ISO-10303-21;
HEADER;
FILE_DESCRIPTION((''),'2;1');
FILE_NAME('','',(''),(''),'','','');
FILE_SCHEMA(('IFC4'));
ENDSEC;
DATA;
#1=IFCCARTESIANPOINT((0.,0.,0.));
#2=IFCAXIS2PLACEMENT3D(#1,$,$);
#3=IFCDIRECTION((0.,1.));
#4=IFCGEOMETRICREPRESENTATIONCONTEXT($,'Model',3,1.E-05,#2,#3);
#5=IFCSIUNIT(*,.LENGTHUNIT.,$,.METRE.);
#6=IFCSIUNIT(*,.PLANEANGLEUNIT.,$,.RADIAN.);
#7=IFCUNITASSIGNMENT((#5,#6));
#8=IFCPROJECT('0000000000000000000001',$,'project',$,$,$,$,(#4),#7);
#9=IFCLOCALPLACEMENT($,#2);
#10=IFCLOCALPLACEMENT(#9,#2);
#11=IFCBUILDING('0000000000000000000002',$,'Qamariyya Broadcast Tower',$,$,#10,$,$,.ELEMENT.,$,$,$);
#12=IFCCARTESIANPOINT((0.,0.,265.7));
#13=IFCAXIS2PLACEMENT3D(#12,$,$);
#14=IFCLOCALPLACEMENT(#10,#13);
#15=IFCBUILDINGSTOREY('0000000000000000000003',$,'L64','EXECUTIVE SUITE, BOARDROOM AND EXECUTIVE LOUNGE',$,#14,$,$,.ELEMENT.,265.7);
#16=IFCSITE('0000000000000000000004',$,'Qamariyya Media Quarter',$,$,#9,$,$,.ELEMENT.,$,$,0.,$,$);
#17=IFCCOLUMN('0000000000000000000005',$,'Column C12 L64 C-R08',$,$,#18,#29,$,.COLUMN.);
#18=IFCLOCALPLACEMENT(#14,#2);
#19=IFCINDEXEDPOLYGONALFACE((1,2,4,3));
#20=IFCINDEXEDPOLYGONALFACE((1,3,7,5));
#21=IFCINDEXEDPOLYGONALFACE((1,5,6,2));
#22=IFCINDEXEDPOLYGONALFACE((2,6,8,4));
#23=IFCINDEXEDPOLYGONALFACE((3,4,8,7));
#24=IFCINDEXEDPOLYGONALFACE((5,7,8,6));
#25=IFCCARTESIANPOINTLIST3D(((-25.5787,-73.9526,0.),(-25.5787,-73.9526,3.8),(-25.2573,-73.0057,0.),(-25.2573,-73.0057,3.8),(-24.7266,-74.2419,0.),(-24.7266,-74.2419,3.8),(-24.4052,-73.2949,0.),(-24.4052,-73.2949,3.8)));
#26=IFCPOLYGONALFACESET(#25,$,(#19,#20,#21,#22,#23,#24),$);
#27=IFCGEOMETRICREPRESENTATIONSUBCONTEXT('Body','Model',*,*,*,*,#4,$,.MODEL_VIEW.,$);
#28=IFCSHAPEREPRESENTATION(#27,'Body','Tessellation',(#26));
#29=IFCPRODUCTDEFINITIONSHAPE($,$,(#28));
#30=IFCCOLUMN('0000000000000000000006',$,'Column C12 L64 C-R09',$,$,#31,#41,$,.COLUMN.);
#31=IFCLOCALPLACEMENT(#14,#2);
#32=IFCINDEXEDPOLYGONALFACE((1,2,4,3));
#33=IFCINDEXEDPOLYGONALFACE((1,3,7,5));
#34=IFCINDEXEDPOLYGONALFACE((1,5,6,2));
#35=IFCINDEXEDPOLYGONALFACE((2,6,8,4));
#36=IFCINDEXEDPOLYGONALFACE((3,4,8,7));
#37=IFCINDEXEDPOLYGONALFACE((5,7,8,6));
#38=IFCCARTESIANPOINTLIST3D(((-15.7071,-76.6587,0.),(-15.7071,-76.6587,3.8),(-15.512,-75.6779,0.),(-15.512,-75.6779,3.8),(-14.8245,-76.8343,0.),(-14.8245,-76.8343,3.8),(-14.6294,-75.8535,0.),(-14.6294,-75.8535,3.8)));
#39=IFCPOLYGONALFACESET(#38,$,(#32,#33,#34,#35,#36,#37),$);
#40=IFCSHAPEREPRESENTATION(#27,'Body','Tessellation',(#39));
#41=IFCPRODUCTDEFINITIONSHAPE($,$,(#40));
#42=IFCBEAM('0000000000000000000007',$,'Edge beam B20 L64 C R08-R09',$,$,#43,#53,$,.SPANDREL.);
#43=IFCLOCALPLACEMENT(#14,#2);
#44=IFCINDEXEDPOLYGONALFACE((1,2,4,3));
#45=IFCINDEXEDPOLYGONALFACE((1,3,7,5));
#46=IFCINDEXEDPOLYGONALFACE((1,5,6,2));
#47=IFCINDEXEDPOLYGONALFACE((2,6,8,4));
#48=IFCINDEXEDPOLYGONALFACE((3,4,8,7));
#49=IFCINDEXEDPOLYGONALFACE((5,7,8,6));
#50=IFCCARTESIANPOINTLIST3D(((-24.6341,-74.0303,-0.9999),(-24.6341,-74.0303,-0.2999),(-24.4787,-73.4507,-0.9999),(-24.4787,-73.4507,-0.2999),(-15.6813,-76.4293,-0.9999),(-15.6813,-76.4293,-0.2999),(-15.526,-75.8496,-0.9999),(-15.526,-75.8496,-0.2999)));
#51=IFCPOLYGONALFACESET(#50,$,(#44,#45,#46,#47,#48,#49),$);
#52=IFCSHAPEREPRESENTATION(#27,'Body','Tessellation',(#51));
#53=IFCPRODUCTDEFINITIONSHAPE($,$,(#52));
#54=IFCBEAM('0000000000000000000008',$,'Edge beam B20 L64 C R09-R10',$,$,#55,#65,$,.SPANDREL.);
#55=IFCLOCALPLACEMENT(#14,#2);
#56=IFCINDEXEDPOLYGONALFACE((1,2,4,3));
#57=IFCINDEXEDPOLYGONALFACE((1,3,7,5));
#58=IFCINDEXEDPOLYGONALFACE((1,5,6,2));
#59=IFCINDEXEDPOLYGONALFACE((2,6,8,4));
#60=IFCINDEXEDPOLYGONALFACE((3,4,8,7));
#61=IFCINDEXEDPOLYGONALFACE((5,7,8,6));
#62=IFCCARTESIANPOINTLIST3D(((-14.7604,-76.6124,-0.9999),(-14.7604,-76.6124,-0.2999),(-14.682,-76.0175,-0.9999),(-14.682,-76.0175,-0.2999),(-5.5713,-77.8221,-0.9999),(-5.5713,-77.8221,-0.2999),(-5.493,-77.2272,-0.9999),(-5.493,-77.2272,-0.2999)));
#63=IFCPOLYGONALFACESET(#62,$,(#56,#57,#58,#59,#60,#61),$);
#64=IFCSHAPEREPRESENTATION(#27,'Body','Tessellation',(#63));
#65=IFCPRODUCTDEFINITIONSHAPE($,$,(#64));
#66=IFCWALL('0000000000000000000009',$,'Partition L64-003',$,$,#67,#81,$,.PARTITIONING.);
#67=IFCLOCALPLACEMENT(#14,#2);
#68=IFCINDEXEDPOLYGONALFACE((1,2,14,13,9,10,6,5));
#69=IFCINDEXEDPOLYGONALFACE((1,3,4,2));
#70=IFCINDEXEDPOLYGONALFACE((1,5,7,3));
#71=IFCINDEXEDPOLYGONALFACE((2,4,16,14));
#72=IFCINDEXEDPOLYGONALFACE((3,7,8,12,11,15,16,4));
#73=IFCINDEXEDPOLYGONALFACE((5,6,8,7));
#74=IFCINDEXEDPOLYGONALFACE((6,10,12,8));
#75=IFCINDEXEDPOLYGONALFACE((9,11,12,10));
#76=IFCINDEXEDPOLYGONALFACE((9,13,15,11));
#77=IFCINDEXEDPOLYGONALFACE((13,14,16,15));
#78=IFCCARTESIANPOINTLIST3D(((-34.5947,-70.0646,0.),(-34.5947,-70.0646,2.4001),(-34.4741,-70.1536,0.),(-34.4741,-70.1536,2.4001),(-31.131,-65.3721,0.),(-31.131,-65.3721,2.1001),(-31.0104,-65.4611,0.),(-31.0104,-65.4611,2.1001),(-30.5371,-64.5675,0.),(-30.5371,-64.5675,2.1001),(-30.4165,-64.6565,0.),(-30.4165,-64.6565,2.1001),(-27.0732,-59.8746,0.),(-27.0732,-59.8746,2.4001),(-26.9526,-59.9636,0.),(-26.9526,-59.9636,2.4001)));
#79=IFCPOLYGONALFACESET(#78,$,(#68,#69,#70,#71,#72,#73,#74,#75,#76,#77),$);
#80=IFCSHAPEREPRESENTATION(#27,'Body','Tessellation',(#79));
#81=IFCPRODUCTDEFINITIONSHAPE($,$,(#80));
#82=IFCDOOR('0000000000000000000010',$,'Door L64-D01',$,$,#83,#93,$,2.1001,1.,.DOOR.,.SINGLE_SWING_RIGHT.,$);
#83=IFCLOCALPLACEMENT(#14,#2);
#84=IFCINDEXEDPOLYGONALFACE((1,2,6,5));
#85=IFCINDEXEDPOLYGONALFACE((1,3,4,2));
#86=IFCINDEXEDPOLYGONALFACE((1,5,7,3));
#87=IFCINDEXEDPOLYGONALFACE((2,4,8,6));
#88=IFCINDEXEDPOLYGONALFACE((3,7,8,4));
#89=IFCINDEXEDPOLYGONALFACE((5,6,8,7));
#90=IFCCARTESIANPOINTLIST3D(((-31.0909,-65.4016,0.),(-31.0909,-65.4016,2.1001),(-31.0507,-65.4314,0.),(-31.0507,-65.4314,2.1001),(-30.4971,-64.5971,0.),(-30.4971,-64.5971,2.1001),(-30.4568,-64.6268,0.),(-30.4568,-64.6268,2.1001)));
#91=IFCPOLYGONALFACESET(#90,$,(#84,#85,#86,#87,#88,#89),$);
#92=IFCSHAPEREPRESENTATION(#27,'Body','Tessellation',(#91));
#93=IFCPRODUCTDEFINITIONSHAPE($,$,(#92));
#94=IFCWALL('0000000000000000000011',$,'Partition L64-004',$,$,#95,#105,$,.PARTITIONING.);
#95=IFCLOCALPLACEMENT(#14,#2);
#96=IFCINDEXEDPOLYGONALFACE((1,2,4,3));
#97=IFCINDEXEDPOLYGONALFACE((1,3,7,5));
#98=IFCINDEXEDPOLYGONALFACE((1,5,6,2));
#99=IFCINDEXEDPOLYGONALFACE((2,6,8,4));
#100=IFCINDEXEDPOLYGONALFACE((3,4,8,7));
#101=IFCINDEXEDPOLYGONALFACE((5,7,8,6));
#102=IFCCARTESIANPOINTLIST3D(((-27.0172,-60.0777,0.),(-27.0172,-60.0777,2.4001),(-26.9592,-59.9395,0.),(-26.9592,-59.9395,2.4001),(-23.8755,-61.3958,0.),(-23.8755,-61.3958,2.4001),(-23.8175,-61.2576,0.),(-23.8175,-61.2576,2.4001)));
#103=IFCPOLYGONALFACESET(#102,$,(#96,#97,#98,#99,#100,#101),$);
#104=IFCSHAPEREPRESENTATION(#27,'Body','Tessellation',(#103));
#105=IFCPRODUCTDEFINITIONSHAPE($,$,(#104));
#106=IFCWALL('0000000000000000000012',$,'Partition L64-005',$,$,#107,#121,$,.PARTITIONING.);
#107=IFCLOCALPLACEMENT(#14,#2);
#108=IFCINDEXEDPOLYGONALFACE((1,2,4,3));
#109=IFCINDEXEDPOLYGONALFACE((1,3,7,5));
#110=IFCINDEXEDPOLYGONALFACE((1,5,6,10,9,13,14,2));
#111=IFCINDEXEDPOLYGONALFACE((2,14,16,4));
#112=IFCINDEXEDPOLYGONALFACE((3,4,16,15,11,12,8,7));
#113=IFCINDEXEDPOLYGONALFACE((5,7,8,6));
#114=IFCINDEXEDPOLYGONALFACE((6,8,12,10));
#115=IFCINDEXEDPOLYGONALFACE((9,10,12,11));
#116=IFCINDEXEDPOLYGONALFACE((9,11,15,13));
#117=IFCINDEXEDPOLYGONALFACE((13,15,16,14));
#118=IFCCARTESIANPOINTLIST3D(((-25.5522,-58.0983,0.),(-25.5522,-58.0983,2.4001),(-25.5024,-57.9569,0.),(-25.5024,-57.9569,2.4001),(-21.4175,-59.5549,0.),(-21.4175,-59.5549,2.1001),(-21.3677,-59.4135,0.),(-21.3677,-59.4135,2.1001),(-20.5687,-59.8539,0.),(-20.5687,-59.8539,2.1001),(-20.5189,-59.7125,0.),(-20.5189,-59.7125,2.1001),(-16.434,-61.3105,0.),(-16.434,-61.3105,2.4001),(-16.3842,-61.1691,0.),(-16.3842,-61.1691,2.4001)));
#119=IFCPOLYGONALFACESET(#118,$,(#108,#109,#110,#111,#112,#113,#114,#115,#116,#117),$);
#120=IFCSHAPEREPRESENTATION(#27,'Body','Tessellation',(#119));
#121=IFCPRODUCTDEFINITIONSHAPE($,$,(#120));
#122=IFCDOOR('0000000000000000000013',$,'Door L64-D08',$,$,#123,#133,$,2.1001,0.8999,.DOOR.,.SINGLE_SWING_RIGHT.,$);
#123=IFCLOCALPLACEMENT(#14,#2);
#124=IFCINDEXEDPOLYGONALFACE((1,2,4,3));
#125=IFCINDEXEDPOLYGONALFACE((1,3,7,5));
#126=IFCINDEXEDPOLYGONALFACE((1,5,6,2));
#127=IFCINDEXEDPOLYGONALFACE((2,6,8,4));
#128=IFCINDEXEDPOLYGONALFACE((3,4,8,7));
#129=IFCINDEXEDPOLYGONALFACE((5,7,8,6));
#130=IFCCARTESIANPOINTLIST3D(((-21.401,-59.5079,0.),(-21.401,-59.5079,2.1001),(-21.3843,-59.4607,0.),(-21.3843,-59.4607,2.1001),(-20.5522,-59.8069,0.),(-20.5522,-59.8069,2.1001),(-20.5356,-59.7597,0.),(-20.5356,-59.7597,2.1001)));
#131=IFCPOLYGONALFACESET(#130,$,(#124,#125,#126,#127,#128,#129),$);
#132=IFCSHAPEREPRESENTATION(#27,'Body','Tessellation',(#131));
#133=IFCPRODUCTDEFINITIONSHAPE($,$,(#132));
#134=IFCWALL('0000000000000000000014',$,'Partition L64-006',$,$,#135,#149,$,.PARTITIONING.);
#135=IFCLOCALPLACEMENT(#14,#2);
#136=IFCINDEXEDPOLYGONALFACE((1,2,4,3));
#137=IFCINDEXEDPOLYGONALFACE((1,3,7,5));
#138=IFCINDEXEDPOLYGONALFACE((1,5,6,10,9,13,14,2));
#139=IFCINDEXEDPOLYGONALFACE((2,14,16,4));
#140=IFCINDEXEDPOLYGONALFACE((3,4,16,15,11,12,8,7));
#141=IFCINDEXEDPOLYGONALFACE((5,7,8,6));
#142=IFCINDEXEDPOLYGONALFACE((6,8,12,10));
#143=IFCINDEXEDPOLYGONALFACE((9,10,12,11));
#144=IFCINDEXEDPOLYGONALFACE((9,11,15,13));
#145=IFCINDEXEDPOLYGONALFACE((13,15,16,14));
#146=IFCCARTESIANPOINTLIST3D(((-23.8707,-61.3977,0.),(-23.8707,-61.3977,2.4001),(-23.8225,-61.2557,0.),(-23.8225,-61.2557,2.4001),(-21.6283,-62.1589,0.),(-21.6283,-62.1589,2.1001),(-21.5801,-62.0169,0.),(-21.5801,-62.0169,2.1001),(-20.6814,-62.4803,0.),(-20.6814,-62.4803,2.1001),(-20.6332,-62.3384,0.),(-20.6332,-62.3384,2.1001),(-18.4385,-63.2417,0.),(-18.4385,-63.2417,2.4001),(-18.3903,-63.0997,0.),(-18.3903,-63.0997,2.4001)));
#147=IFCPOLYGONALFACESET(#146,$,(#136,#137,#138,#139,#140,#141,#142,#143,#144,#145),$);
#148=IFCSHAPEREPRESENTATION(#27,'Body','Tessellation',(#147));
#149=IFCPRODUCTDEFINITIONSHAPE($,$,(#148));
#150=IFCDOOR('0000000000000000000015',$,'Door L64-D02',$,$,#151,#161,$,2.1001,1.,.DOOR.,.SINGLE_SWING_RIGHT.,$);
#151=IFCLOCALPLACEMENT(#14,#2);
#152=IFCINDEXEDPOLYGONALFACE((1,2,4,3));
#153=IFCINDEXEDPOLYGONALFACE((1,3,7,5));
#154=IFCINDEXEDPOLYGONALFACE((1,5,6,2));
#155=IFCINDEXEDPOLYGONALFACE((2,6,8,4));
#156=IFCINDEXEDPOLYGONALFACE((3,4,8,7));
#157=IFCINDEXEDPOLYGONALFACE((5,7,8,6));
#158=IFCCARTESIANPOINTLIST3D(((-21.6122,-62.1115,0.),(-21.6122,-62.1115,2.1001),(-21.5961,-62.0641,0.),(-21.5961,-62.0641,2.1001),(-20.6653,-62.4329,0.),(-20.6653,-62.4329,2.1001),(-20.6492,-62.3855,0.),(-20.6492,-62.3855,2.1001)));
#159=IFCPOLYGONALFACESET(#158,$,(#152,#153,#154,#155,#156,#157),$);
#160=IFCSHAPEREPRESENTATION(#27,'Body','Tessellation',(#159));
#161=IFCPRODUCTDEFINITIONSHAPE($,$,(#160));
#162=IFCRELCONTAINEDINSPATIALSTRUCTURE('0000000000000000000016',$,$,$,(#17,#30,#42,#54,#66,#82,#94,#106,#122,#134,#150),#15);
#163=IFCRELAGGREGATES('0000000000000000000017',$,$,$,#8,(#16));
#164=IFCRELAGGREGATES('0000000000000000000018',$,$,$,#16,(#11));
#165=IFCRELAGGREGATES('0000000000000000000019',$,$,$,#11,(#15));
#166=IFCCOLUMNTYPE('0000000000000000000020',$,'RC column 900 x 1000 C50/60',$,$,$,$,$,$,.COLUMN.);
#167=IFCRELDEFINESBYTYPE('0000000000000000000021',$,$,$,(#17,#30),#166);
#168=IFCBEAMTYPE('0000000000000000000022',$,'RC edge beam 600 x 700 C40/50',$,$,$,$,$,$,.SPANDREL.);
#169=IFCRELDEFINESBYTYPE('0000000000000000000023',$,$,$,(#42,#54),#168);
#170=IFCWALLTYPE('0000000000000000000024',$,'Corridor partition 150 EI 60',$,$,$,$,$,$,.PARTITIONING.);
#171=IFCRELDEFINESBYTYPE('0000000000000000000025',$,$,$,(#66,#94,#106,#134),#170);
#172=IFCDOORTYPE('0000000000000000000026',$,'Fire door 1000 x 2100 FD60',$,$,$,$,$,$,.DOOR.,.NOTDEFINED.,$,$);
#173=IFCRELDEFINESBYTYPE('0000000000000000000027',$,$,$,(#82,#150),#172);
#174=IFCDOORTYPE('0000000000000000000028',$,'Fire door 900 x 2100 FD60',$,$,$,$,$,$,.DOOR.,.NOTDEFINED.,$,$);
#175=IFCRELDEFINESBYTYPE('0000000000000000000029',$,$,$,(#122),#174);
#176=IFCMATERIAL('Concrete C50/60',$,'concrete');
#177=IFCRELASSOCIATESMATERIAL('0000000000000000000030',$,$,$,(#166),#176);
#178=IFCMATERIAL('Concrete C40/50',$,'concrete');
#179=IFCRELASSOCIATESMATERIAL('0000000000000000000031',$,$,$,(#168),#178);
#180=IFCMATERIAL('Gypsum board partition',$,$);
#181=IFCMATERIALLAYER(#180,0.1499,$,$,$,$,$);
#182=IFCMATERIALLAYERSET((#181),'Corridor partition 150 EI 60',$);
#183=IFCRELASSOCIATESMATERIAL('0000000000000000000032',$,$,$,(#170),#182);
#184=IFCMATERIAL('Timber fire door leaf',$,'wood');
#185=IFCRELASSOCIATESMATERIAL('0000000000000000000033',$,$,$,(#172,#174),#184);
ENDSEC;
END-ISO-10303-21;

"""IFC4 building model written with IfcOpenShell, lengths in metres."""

from ifc_helpers import new_model, si_unit, direction, frame, frame_2d, origin, origin_2d, place, context, subcontext, project, spatial, rectangle, extrude, material, layer, layer_set, material_profile, profile_set, type_object, element, fill, save


model = new_model("IFC4")

# Units and contexts
model_context = context("Model", 3, precision=1e-05, world=origin(), true_north=direction((0.0, 1.0)))
body_context = subcontext(model_context, "Body", "Model", "MODEL_VIEW")
ifc_project = project(units=[si_unit("LENGTHUNIT", "METRE"), si_unit("PLANEANGLEUNIT", "RADIAN")], contexts=[model_context])

# Site, building, storey
site_placement = place(None, origin())
site = spatial("IfcSite", under=ifc_project, at=site_placement, Name="Qamariyya Media Quarter", CompositionType="ELEMENT", RefElevation=0.0)
building_placement = place(site_placement, origin())
building = spatial("IfcBuilding", under=site, at=building_placement, Name="Qamariyya Broadcast Tower", CompositionType="ELEMENT")
storey_placement = place(building_placement, frame((0.0, 0.0, 265.7)))
storey = spatial("IfcBuildingStorey", under=building, at=storey_placement, Name="L64", Description="EXECUTIVE SUITE, BOARDROOM AND EXECUTIVE LOUNGE", CompositionType="ELEMENT", Elevation=265.7)

# Columns
ifc_material_1 = material(Name="Concrete C50/60", Category="concrete")
ifc_material_profile_1 = material_profile(ifc_material_1, rectangle(XDim=0.8999, YDim=1.0, at=origin_2d()))
ifc_profile_set_1 = profile_set([ifc_material_profile_1], Name="Concrete C50/60")
column_type = type_object("IfcColumnType", Name="RC column 900 x 1000 C50/60", PredefinedType="COLUMN", material=ifc_profile_set_1)
for number, where, z_axis, x_axis, name in (
    (1, (-24.9919, -73.6238, 0.0), (0.0, 0.0, 1.0), (0.94693, -0.321439, 0.0), "Column C12 L64 C-R08"),
    (2, (-15.1682, -76.2561, 0.0), (0.0, 0.0, 1.0), (0.980785, -0.19509, 0.0), "Column C12 L64 C-R09"),
):
    element("IfcColumn", number, at=place(storey_placement, frame(where, z_axis=z_axis, x_axis=x_axis)), inside=storey, type_object=column_type, Name=name, PredefinedType="COLUMN", context=body_context, shape_type="SweptSolid", body=[
        extrude(rectangle(XDim=0.8999, YDim=1.0, at=origin_2d()), origin(), (0.0, 0.0, 1.0), 3.8),
    ])

# Beams
ifc_material_2 = material(Name="Concrete C40/50", Category="concrete")
ifc_material_profile_2 = material_profile(ifc_material_2, rectangle(XDim=0.6001, YDim=0.7, at=origin_2d()))
ifc_profile_set_2 = profile_set([ifc_material_profile_2], Name="Concrete C40/50")
beam_type = type_object("IfcBeamType", Name="RC edge beam 600 x 700 C40/50", PredefinedType="SPANDREL", material=ifc_profile_set_2)
beam_1_placement = place(storey_placement, frame((-24.5564, -73.7405, -0.6499), z_axis=(0.965924, -0.258826, 0.0), x_axis=(0.258826, 0.965924, 0.0)))
element("IfcBeam", 3, at=beam_1_placement, inside=storey, type_object=beam_type, Name="Edge beam B20 L64 C R08-R09", PredefinedType="SPANDREL", context=body_context, shape_type="SweptSolid", body=[
    extrude(rectangle(XDim=0.6001, YDim=0.7, at=origin_2d()), origin(), (0.0, 0.0, 1.0), 9.2686),
])
beam_2_placement = place(storey_placement, frame((-14.7212, -76.3149, -0.6499), z_axis=(0.991445, -0.130523, 0.0), x_axis=(0.130523, 0.991445, 0.0)))
element("IfcBeam", 4, at=beam_2_placement, inside=storey, type_object=beam_type, Name="Edge beam B20 L64 C R09-R10", PredefinedType="SPANDREL", context=body_context, shape_type="SweptSolid", body=[
    extrude(rectangle(XDim=0.6001, YDim=0.7, at=origin_2d()), origin(), (0.0, 0.0, 1.0), 9.2683),
])

# Wall, opening, door
ifc_material_3 = material(Name="Gypsum board partition")
ifc_layer_1 = layer(ifc_material_3, 0.1499)
ifc_layer_set_1 = layer_set([ifc_layer_1], Name="Corridor partition 150 EI 60")
wall_type_1 = type_object("IfcWallType", Name="Corridor partition 150 EI 60", PredefinedType="PARTITIONING", material=ifc_layer_set_1)
wall_1_placement = place(storey_placement, frame((-27.0129, -59.9192, 0.0), z_axis=(0.0, 0.0, 1.0), x_axis=(-0.59387, -0.804561, 0.0)))
wall_1 = element("IfcWall", 5, at=wall_1_placement, inside=storey, type_object=wall_type_1, Name="Partition L64-003", PredefinedType="PARTITIONING", context=body_context, shape_type="SweptSolid", body=[
    extrude(rectangle(XDim=12.6653, YDim=0.1499, at=frame_2d((6.3325, 0.0))), origin(), (0.0, 0.0, 1.0), 2.4001),
])
opening_1_placement = place(wall_1_placement, frame((5.8328, 0.0, 0.0)))
opening_1 = element("IfcOpeningElement", 6, at=opening_1_placement, cuts=wall_1, PredefinedType="OPENING", context=body_context, shape_type="SweptSolid", body=[
    extrude(rectangle(XDim=1.0, YDim=2.1001, at=frame_2d((0.5, 1.05))), frame((0.0, 0.085, 0.0), z_axis=(0.0, -1.0, 0.0), x_axis=(1.0, 0.0, 0.0)), (0.0, 0.0, 1.0), 0.1699),
])
ifc_material_4 = material(Name="Timber fire door leaf", Category="wood")
door_type_1 = type_object("IfcDoorType", Name="Fire door 1000 x 2100 FD60", OperationType="NOTDEFINED", PredefinedType="DOOR", material=ifc_material_4)
door_1_placement = place(opening_1_placement, origin())
door_1 = element("IfcDoor", 7, at=door_1_placement, inside=storey, type_object=door_type_1, Name="Door L64-D01", OperationType="SINGLE_SWING_RIGHT", OverallHeight=2.1001, OverallWidth=1.0, PredefinedType="DOOR", context=body_context, shape_type="SweptSolid", body=[
    extrude(rectangle(XDim=1.0, YDim=2.1001, at=frame_2d((0.5, 1.05))), frame((0.0, 0.0249, 0.0), z_axis=(0.0, -1.0, 0.0), x_axis=(1.0, 0.0, 0.0)), (0.0, 0.0, 1.0), 0.05),
])
fill(opening_1, door_1)

# Wall
wall_2_placement = place(storey_placement, frame((-26.9883, -60.0085, 0.0), z_axis=(0.0, 0.0, 1.0), x_axis=(0.922124, -0.386894, 0.0)))
element("IfcWall", 8, at=wall_2_placement, inside=storey, type_object=wall_type_1, Name="Partition L64-004", PredefinedType="PARTITIONING", context=body_context, shape_type="SweptSolid", body=[
    extrude(rectangle(XDim=3.407, YDim=0.1499, at=frame_2d((1.7036, 0.0))), origin(), (0.0, 0.0, 1.0), 2.4001),
])

# Walls, openings, doors
wall_3_placement = place(storey_placement, frame((-25.5273, -58.0276, 0.0), z_axis=(0.0, 0.0, 1.0), x_axis=(0.943186, -0.332267, 0.0)))
wall_3 = element("IfcWall", 9, at=wall_3_placement, inside=storey, type_object=wall_type_1, Name="Partition L64-005", PredefinedType="PARTITIONING", context=body_context, shape_type="SweptSolid", body=[
    extrude(rectangle(XDim=9.6675, YDim=0.1499, at=frame_2d((4.8337, 0.0))), origin(), (0.0, 0.0, 1.0), 2.4001),
])
opening_2_placement = place(wall_3_placement, frame((4.3838, 0.0, 0.0)))
opening_2 = element("IfcOpeningElement", 10, at=opening_2_placement, cuts=wall_3, PredefinedType="OPENING", context=body_context, shape_type="SweptSolid", body=[
    extrude(rectangle(XDim=0.8999, YDim=2.1001, at=frame_2d((0.45, 1.05))), frame((0.0, 0.085, 0.0), z_axis=(0.0, -1.0, 0.0), x_axis=(1.0, 0.0, 0.0)), (0.0, 0.0, 1.0), 0.1699),
])
door_type_2 = type_object("IfcDoorType", Name="Fire door 900 x 2100 FD60", OperationType="NOTDEFINED", PredefinedType="DOOR", material=ifc_material_4)
door_2_placement = place(opening_2_placement, origin())
door_2 = element("IfcDoor", 11, at=door_2_placement, inside=storey, type_object=door_type_2, Name="Door L64-D08", OperationType="SINGLE_SWING_RIGHT", OverallHeight=2.1001, OverallWidth=0.8999, PredefinedType="DOOR", context=body_context, shape_type="SweptSolid", body=[
    extrude(rectangle(XDim=0.8999, YDim=2.1001, at=frame_2d((0.45, 1.05))), frame((0.0, 0.0249, 0.0), z_axis=(0.0, -1.0, 0.0), x_axis=(1.0, 0.0, 0.0)), (0.0, 0.0, 1.0), 0.05),
])
fill(opening_2, door_2)
wall_4_placement = place(storey_placement, frame((-18.4146, -63.1707, 0.0), z_axis=(0.0, 0.0, 1.0), x_axis=(-0.946928, 0.321445, 0.0)))
wall_4 = element("IfcWall", 12, at=wall_4_placement, inside=storey, type_object=wall_type_1, Name="Partition L64-006", PredefinedType="PARTITIONING", context=body_context, shape_type="SweptSolid", body=[
    extrude(rectangle(XDim=5.7366, YDim=0.1499, at=frame_2d((2.8682, 0.0))), origin(), (0.0, 0.0, 1.0), 2.4001),
])
opening_3_placement = place(wall_4_placement, frame((2.3684, 0.0, 0.0)))
opening_3 = element("IfcOpeningElement", 13, at=opening_3_placement, cuts=wall_4, PredefinedType="OPENING", context=body_context, shape_type="SweptSolid", body=[
    extrude(rectangle(XDim=1.0, YDim=2.1001, at=frame_2d((0.5, 1.05))), frame((0.0, 0.085, 0.0), z_axis=(0.0, -1.0, 0.0), x_axis=(1.0, 0.0, 0.0)), (0.0, 0.0, 1.0), 0.1699),
])
door_3_placement = place(opening_3_placement, origin())
door_3 = element("IfcDoor", 14, at=door_3_placement, inside=storey, type_object=door_type_1, Name="Door L64-D02", OperationType="SINGLE_SWING_RIGHT", OverallHeight=2.1001, OverallWidth=1.0, PredefinedType="DOOR", context=body_context, shape_type="SweptSolid", body=[
    extrude(rectangle(XDim=1.0, YDim=2.1001, at=frame_2d((0.5, 1.05))), frame((0.0, 0.0249, 0.0), z_axis=(0.0, -1.0, 0.0), x_axis=(1.0, 0.0, 0.0)), (0.0, 0.0, 1.0), 0.05),
])
fill(opening_3, door_3)

save(model, "model.ifc")
